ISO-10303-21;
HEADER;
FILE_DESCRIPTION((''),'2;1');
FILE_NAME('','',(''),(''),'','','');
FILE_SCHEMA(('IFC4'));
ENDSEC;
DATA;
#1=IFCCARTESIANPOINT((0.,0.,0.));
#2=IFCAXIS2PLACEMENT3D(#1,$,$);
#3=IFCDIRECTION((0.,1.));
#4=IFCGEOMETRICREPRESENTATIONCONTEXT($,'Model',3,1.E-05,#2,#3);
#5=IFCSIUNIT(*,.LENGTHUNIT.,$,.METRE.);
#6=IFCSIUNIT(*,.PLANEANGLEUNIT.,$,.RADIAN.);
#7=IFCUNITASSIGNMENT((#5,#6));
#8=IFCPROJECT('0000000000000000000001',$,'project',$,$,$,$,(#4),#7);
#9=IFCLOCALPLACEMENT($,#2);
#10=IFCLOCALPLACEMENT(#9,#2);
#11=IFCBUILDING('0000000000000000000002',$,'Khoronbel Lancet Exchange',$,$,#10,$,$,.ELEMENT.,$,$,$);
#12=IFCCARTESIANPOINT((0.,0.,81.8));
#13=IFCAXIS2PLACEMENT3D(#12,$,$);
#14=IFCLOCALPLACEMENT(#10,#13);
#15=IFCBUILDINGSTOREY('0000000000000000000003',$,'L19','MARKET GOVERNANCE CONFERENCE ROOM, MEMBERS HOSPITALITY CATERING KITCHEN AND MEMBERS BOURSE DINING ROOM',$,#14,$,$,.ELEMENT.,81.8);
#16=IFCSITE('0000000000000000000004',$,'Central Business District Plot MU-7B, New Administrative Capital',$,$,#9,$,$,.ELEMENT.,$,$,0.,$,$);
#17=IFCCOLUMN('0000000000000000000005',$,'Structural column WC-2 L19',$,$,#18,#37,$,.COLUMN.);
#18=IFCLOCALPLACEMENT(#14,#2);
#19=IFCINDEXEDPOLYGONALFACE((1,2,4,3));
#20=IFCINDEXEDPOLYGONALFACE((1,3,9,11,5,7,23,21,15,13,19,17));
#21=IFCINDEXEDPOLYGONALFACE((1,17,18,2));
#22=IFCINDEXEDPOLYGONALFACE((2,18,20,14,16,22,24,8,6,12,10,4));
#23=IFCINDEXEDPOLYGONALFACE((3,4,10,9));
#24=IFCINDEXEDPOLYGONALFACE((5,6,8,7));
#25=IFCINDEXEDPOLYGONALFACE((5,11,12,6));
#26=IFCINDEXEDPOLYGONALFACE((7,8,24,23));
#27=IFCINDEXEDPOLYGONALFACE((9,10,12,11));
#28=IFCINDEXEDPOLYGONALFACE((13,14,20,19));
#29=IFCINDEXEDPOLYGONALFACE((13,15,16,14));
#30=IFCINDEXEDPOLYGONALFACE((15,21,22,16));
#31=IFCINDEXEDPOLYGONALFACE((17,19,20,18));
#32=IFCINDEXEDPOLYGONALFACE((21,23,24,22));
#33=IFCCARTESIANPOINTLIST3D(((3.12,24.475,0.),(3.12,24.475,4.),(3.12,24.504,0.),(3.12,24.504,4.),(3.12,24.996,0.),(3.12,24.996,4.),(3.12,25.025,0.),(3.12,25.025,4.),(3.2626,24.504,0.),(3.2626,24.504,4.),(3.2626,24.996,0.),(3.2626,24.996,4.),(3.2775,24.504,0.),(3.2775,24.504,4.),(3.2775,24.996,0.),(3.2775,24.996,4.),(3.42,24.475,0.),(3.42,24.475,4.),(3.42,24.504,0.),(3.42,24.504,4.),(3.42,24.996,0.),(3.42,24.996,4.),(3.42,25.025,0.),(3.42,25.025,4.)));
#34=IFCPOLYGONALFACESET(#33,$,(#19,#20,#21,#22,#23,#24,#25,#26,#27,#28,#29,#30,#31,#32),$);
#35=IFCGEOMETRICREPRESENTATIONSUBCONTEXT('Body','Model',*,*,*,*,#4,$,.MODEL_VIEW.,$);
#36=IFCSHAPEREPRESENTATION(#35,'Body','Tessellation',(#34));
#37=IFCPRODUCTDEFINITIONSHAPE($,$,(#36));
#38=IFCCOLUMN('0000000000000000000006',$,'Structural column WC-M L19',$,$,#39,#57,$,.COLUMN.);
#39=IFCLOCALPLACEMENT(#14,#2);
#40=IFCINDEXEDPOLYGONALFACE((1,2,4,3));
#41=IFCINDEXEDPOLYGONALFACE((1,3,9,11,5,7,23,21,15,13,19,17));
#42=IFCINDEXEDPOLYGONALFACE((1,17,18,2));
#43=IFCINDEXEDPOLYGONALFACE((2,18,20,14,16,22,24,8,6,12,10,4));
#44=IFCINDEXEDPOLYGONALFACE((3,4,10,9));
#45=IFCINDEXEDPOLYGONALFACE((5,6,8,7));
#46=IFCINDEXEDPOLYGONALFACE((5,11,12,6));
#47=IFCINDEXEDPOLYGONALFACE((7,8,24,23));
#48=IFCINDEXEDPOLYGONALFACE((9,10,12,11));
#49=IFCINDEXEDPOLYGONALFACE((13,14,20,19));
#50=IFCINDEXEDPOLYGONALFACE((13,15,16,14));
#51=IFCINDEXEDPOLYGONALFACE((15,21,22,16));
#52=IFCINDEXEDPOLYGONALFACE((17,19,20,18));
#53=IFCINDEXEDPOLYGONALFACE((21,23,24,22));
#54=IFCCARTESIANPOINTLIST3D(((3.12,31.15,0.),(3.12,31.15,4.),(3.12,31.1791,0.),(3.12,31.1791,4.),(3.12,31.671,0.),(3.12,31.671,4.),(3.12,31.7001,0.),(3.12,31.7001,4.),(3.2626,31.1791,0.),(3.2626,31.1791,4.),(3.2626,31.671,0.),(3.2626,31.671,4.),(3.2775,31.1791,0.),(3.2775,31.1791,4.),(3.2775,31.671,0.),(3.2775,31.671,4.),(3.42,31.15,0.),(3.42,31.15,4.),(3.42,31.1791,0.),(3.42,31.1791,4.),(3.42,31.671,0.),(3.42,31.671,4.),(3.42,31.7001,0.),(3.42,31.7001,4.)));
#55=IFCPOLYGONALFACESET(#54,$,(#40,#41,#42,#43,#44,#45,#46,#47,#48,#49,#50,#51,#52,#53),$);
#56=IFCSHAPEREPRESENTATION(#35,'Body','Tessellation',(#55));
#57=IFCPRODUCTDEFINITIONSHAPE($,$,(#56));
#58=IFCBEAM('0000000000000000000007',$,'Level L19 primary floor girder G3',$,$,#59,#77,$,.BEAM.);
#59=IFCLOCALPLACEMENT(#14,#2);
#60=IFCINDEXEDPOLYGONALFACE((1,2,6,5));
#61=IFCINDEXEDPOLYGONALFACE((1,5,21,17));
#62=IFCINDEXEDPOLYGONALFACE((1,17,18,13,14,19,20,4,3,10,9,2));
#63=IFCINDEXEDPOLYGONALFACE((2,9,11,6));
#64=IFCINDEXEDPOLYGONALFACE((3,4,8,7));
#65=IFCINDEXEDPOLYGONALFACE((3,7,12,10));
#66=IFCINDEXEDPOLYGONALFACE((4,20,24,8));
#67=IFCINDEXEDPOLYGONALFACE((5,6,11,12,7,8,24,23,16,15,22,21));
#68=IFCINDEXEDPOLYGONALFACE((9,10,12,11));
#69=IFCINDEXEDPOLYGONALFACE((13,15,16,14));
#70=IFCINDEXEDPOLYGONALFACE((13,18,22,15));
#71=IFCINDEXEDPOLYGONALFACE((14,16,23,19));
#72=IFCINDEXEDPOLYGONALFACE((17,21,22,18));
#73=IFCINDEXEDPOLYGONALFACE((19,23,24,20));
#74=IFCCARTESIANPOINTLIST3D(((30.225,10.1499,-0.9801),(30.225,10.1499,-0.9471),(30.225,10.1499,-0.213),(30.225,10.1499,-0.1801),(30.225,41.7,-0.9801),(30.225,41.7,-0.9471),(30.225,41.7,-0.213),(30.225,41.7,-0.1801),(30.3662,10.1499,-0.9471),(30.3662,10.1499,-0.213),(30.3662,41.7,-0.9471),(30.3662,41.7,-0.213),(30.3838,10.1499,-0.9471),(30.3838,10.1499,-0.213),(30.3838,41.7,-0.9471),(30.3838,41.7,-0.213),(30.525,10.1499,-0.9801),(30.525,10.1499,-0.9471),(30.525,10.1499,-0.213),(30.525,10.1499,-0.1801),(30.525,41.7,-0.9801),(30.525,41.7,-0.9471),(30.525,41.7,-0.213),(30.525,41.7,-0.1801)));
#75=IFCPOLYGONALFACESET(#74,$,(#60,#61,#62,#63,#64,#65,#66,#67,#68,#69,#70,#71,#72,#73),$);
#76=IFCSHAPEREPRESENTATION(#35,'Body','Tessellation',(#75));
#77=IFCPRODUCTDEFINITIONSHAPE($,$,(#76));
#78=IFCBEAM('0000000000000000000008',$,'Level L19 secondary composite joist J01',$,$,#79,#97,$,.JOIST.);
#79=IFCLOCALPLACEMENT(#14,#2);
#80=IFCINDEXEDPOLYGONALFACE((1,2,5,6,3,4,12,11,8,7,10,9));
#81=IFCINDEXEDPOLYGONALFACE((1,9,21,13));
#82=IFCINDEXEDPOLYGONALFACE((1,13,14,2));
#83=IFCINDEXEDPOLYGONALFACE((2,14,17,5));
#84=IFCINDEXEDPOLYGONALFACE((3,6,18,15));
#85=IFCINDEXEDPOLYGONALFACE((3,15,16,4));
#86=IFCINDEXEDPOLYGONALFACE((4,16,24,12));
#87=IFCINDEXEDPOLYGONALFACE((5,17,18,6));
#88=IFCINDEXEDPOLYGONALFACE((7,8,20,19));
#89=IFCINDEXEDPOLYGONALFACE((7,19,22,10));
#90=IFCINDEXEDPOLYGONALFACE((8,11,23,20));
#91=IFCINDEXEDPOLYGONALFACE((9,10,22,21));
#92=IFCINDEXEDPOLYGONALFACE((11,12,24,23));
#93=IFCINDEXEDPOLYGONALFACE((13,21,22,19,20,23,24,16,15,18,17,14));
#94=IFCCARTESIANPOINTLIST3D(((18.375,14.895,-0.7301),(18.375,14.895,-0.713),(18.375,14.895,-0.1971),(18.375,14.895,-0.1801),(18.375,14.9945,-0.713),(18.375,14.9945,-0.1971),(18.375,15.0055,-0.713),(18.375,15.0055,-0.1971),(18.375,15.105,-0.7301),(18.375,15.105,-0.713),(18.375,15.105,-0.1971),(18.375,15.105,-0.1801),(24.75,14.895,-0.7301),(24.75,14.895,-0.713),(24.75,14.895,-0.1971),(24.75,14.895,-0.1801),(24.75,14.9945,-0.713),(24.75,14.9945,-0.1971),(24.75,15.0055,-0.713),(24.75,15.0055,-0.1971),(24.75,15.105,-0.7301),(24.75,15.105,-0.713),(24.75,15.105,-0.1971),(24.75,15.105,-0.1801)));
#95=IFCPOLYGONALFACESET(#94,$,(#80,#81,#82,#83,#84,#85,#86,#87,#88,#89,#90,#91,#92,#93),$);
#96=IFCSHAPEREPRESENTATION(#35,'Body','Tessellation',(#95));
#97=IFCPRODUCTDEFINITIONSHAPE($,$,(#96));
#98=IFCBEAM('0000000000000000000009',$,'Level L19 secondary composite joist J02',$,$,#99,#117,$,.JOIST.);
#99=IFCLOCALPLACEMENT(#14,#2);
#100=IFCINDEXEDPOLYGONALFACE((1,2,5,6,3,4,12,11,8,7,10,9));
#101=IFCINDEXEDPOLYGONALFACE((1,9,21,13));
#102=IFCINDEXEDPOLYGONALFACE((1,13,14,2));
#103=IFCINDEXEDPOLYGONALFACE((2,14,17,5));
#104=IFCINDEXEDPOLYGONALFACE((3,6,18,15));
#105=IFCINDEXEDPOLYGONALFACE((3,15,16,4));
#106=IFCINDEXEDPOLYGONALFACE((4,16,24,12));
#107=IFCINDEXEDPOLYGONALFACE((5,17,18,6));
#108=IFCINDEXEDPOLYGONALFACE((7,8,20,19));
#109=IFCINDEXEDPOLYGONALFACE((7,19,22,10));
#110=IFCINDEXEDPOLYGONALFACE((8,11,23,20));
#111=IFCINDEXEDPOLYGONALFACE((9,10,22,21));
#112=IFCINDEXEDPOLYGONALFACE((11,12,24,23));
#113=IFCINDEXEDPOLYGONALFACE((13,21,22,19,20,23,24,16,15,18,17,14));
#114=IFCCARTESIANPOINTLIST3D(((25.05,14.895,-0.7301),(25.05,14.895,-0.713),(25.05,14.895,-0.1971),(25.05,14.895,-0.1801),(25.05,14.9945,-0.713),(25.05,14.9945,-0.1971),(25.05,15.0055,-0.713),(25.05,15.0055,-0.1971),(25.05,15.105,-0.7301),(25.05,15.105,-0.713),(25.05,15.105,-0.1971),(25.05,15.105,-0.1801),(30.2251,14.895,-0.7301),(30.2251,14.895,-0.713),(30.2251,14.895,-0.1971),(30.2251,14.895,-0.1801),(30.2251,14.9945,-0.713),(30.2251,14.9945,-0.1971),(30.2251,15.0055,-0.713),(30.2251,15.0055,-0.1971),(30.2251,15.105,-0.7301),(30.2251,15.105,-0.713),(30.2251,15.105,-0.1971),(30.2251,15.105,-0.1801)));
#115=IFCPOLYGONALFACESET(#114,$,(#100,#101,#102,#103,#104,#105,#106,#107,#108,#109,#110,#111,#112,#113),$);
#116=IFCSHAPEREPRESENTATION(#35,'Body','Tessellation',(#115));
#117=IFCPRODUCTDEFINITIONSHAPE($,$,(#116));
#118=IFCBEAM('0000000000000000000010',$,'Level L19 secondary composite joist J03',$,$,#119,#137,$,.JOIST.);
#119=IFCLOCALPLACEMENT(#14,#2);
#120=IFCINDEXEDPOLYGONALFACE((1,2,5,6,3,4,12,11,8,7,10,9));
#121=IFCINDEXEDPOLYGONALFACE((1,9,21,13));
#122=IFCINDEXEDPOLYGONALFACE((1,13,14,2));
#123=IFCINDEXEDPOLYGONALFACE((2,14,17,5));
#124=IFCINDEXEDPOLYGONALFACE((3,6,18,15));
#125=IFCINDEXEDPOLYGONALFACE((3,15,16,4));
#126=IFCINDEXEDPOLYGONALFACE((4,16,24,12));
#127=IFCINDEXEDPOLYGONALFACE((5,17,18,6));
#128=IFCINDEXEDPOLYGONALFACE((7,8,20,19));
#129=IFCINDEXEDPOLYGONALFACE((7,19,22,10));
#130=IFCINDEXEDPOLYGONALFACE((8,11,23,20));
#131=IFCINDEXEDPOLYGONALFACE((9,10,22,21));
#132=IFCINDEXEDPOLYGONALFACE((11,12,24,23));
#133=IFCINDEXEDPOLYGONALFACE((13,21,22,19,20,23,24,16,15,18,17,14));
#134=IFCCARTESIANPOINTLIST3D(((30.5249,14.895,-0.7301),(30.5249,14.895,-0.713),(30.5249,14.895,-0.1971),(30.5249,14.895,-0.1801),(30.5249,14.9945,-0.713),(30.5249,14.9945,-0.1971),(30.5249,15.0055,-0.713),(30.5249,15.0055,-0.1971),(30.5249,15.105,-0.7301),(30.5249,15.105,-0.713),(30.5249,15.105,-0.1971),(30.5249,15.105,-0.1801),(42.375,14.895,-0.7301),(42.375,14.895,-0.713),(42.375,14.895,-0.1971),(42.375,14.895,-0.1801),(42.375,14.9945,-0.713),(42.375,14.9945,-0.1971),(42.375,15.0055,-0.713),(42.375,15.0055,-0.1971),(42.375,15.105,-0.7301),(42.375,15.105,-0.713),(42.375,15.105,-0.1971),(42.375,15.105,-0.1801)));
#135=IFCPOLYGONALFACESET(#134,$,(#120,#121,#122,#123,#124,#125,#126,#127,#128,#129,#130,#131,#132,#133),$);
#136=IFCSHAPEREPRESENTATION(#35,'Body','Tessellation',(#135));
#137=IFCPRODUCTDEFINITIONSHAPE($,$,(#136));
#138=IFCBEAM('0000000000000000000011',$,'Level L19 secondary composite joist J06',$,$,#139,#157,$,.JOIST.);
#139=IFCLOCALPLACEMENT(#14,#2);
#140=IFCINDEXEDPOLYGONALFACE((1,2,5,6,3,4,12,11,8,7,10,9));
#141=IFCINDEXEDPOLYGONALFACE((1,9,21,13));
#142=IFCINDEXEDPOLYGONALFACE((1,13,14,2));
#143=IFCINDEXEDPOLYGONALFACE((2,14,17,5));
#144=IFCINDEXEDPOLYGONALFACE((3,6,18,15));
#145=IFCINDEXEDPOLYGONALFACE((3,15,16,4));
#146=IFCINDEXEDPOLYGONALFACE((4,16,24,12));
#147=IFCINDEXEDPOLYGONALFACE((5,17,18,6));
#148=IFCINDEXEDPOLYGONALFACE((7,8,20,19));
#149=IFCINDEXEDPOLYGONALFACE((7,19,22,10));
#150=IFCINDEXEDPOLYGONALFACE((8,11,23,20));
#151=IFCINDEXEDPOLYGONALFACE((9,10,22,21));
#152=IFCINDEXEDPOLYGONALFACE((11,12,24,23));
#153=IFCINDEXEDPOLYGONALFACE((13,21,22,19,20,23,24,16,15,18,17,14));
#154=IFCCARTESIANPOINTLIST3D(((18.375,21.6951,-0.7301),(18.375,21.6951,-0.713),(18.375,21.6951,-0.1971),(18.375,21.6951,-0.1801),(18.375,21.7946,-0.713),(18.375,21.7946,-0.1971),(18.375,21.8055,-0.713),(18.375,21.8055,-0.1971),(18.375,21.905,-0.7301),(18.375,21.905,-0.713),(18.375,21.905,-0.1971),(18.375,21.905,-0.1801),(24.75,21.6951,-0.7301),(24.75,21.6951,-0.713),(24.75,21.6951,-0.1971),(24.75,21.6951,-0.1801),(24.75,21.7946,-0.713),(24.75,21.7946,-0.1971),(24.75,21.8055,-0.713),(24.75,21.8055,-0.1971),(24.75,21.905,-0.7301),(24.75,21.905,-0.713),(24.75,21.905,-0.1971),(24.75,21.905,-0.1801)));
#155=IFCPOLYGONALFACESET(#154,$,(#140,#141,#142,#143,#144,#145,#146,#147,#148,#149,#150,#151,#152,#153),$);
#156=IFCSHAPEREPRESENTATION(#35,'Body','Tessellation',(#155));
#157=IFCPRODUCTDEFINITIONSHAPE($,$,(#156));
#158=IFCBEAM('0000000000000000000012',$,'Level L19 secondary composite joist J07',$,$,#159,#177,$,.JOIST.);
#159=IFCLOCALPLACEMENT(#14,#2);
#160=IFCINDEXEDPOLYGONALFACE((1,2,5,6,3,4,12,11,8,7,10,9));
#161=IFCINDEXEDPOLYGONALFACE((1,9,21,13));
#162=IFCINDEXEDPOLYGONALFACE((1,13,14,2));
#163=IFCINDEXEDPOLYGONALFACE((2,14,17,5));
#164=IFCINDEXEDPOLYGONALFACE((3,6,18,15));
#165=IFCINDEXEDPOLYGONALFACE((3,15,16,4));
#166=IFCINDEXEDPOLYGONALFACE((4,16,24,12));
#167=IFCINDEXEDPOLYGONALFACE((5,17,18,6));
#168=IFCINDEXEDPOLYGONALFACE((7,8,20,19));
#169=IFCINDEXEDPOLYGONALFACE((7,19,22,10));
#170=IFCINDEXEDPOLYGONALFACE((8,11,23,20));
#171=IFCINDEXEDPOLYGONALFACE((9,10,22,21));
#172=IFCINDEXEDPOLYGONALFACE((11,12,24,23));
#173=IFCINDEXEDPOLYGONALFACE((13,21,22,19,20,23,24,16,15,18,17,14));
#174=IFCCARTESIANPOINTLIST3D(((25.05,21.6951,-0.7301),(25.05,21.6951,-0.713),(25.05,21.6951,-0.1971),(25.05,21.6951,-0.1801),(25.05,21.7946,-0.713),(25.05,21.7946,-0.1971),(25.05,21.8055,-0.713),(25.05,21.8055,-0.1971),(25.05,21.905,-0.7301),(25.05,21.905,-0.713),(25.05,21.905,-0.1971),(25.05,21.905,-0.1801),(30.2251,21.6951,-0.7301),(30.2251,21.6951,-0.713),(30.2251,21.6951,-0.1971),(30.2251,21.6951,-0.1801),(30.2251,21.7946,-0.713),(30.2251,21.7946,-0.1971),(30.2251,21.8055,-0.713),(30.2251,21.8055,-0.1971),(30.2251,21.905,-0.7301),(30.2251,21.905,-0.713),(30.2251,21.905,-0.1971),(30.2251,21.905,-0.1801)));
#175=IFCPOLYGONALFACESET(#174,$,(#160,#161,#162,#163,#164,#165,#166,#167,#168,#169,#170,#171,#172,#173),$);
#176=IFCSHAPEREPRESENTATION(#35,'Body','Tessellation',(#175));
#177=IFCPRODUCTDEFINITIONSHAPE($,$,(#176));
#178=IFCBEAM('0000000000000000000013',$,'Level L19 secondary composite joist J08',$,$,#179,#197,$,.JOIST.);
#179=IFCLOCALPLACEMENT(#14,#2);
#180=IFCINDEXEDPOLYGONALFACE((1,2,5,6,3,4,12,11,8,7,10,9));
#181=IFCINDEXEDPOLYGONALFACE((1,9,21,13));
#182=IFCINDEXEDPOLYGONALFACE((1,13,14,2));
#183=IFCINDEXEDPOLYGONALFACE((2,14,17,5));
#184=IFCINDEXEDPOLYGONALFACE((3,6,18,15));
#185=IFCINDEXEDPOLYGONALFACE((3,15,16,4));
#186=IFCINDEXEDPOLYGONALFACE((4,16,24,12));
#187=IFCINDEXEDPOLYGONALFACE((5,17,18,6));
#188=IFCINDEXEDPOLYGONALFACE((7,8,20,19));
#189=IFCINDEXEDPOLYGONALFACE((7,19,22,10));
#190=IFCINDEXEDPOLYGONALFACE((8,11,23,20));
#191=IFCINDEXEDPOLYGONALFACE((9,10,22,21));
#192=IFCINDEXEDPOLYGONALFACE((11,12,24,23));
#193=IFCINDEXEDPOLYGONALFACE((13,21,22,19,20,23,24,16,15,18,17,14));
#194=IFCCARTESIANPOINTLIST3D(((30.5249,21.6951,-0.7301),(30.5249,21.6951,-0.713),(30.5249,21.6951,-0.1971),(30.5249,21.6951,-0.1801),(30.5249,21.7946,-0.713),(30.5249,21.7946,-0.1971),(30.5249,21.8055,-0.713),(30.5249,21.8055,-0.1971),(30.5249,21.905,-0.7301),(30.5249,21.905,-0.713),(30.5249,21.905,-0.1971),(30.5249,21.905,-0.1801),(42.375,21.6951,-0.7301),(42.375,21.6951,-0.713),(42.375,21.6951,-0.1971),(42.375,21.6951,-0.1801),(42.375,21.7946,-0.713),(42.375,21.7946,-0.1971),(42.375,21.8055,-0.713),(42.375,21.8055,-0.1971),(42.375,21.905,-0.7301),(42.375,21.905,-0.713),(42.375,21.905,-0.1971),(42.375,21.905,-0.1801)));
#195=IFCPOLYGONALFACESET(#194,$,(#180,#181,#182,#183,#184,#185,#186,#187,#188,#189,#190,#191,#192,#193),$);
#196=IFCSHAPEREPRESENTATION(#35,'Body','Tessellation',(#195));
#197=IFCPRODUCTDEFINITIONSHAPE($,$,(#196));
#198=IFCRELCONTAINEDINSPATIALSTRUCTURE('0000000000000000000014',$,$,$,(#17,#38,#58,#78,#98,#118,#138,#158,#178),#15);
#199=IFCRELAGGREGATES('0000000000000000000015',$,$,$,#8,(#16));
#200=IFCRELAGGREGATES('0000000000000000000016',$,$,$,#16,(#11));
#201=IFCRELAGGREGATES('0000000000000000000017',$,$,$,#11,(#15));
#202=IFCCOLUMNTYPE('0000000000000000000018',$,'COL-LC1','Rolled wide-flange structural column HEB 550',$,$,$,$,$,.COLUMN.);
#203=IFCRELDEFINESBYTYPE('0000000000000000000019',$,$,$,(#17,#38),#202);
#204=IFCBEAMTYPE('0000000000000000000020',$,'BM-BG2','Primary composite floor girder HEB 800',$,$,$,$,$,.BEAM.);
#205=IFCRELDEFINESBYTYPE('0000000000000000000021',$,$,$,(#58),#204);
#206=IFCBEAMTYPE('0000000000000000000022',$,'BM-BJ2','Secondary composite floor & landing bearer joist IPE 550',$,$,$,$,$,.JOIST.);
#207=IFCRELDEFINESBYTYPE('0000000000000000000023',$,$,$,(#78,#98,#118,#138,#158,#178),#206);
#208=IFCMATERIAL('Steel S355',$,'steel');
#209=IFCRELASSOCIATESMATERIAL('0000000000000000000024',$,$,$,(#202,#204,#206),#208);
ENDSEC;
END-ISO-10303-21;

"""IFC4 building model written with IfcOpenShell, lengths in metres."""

from ifc_helpers import new_model, si_unit, direction, frame, origin, origin_2d, place, context, subcontext, project, spatial, i_section, extrude, material, material_profile, profile_set, type_object, element, save


model = new_model("IFC4")

# Units and contexts
model_context = context("Model", 3, precision=1e-05, world=origin(), true_north=direction((0.0, 1.0)))
body_context = subcontext(model_context, "Body", "Model", "MODEL_VIEW")
ifc_project = project(units=[si_unit("LENGTHUNIT", "METRE"), si_unit("PLANEANGLEUNIT", "RADIAN")], contexts=[model_context])

# Site, building, storey
site_placement = place(None, origin())
site = spatial("IfcSite", under=ifc_project, at=site_placement, Name="Central Business District Plot MU-7B, New Administrative Capital", CompositionType="ELEMENT", RefElevation=0.0)
building_placement = place(site_placement, origin())
building = spatial("IfcBuilding", under=site, at=building_placement, Name="Khoronbel Lancet Exchange", CompositionType="ELEMENT")
storey_placement = place(building_placement, frame((0.0, 0.0, 81.8)))
storey = spatial("IfcBuildingStorey", under=building, at=storey_placement, Name="L19", Description="MARKET GOVERNANCE CONFERENCE ROOM, MEMBERS HOSPITALITY CATERING KITCHEN AND MEMBERS BOURSE DINING ROOM", CompositionType="ELEMENT", Elevation=81.8)

# Columns
ifc_material_1 = material(Name="Steel S355", Category="steel")
ifc_material_profile_1 = material_profile(ifc_material_1, i_section(OverallWidth=0.3, OverallDepth=0.55, WebThickness=0.0149, FlangeThickness=0.0291, at=origin_2d()), Name="HEB 550")
ifc_profile_set_1 = profile_set([ifc_material_profile_1], Name="Steel S355")
column_type = type_object("IfcColumnType", Name="COL-LC1", Description="Rolled wide-flange structural column HEB 550", PredefinedType="COLUMN", material=ifc_profile_set_1)
for number, where, z_axis, x_axis, name in (
    (1, (3.27, 24.75, 0.0), (0.0, 0.0, 1.0), (1.0, 0.0, 0.0), "Structural column WC-2 L19"),
    (2, (3.27, 31.425, 0.0), (0.0, 0.0, 1.0), (1.0, 0.0, 0.0), "Structural column WC-M L19"),
):
    element("IfcColumn", number, at=place(storey_placement, frame(where, z_axis=z_axis, x_axis=x_axis)), inside=storey, type_object=column_type, Name=name, PredefinedType="COLUMN", context=body_context, shape_type="SweptSolid", body=[
        extrude(i_section(OverallWidth=0.3, OverallDepth=0.55, WebThickness=0.0149, FlangeThickness=0.0291, at=origin_2d()), origin(), (0.0, 0.0, 1.0), 4.0),
    ])

# Beams
ifc_material_profile_2 = material_profile(ifc_material_1, i_section(OverallWidth=0.3, OverallDepth=0.8, WebThickness=0.0176, FlangeThickness=0.033, at=origin_2d()), Name="HEB 800")
ifc_profile_set_2 = profile_set([ifc_material_profile_2], Name="Steel S355")
beam_type_1 = type_object("IfcBeamType", Name="BM-BG2", Description="Primary composite floor girder HEB 800", PredefinedType="BEAM", material=ifc_profile_set_2)
beam_1_placement = place(storey_placement, frame((30.375, 10.1499, -0.5801), z_axis=(0.0, 1.0, 0.0), x_axis=(-1.0, 0.0, 0.0)))
element("IfcBeam", 3, at=beam_1_placement, inside=storey, type_object=beam_type_1, Name="Level L19 primary floor girder G3", PredefinedType="BEAM", context=body_context, shape_type="SweptSolid", body=[
    extrude(i_section(OverallWidth=0.3, OverallDepth=0.8, WebThickness=0.0176, FlangeThickness=0.033, at=origin_2d()), origin(), (0.0, 0.0, 1.0), 31.55),
])
ifc_material_profile_3 = material_profile(ifc_material_1, i_section(OverallWidth=0.21, OverallDepth=0.55, WebThickness=0.011, FlangeThickness=0.0171, at=origin_2d()), Name="IPE 550")
ifc_profile_set_3 = profile_set([ifc_material_profile_3], Name="Steel S355")
beam_type_2 = type_object("IfcBeamType", Name="BM-BJ2", Description="Secondary composite floor & landing bearer joist IPE 550", PredefinedType="JOIST", material=ifc_profile_set_3)
beam_2_placement = place(storey_placement, frame((18.375, 15.0, -0.4551), z_axis=(1.0, 0.0, 0.0), x_axis=(0.0, 1.0, 0.0)))
element("IfcBeam", 4, at=beam_2_placement, inside=storey, type_object=beam_type_2, Name="Level L19 secondary composite joist J01", PredefinedType="JOIST", context=body_context, shape_type="SweptSolid", body=[
    extrude(i_section(OverallWidth=0.21, OverallDepth=0.55, WebThickness=0.011, FlangeThickness=0.0171, at=origin_2d()), origin(), (0.0, 0.0, 1.0), 6.375),
])
beam_3_placement = place(storey_placement, frame((25.05, 15.0, -0.4551), z_axis=(1.0, 0.0, 0.0), x_axis=(0.0, 1.0, 0.0)))
element("IfcBeam", 5, at=beam_3_placement, inside=storey, type_object=beam_type_2, Name="Level L19 secondary composite joist J02", PredefinedType="JOIST", context=body_context, shape_type="SweptSolid", body=[
    extrude(i_section(OverallWidth=0.21, OverallDepth=0.55, WebThickness=0.011, FlangeThickness=0.0171, at=origin_2d()), origin(), (0.0, 0.0, 1.0), 5.175),
])
beam_4_placement = place(storey_placement, frame((30.5249, 15.0, -0.4551), z_axis=(1.0, 0.0, 0.0), x_axis=(0.0, 1.0, 0.0)))
element("IfcBeam", 6, at=beam_4_placement, inside=storey, type_object=beam_type_2, Name="Level L19 secondary composite joist J03", PredefinedType="JOIST", context=body_context, shape_type="SweptSolid", body=[
    extrude(i_section(OverallWidth=0.21, OverallDepth=0.55, WebThickness=0.011, FlangeThickness=0.0171, at=origin_2d()), origin(), (0.0, 0.0, 1.0), 11.8501),
])
beam_5_placement = place(storey_placement, frame((18.375, 21.8, -0.4551), z_axis=(1.0, 0.0, 0.0), x_axis=(0.0, 1.0, 0.0)))
element("IfcBeam", 7, at=beam_5_placement, inside=storey, type_object=beam_type_2, Name="Level L19 secondary composite joist J06", PredefinedType="JOIST", context=body_context, shape_type="SweptSolid", body=[
    extrude(i_section(OverallWidth=0.21, OverallDepth=0.55, WebThickness=0.011, FlangeThickness=0.0171, at=origin_2d()), origin(), (0.0, 0.0, 1.0), 6.375),
])
beam_6_placement = place(storey_placement, frame((25.05, 21.8, -0.4551), z_axis=(1.0, 0.0, 0.0), x_axis=(0.0, 1.0, 0.0)))
element("IfcBeam", 8, at=beam_6_placement, inside=storey, type_object=beam_type_2, Name="Level L19 secondary composite joist J07", PredefinedType="JOIST", context=body_context, shape_type="SweptSolid", body=[
    extrude(i_section(OverallWidth=0.21, OverallDepth=0.55, WebThickness=0.011, FlangeThickness=0.0171, at=origin_2d()), origin(), (0.0, 0.0, 1.0), 5.175),
])
beam_7_placement = place(storey_placement, frame((30.5249, 21.8, -0.4551), z_axis=(1.0, 0.0, 0.0), x_axis=(0.0, 1.0, 0.0)))
element("IfcBeam", 9, at=beam_7_placement, inside=storey, type_object=beam_type_2, Name="Level L19 secondary composite joist J08", PredefinedType="JOIST", context=body_context, shape_type="SweptSolid", body=[
    extrude(i_section(OverallWidth=0.21, OverallDepth=0.55, WebThickness=0.011, FlangeThickness=0.0171, at=origin_2d()), origin(), (0.0, 0.0, 1.0), 11.8501),
])

save(model, "model.ifc")
